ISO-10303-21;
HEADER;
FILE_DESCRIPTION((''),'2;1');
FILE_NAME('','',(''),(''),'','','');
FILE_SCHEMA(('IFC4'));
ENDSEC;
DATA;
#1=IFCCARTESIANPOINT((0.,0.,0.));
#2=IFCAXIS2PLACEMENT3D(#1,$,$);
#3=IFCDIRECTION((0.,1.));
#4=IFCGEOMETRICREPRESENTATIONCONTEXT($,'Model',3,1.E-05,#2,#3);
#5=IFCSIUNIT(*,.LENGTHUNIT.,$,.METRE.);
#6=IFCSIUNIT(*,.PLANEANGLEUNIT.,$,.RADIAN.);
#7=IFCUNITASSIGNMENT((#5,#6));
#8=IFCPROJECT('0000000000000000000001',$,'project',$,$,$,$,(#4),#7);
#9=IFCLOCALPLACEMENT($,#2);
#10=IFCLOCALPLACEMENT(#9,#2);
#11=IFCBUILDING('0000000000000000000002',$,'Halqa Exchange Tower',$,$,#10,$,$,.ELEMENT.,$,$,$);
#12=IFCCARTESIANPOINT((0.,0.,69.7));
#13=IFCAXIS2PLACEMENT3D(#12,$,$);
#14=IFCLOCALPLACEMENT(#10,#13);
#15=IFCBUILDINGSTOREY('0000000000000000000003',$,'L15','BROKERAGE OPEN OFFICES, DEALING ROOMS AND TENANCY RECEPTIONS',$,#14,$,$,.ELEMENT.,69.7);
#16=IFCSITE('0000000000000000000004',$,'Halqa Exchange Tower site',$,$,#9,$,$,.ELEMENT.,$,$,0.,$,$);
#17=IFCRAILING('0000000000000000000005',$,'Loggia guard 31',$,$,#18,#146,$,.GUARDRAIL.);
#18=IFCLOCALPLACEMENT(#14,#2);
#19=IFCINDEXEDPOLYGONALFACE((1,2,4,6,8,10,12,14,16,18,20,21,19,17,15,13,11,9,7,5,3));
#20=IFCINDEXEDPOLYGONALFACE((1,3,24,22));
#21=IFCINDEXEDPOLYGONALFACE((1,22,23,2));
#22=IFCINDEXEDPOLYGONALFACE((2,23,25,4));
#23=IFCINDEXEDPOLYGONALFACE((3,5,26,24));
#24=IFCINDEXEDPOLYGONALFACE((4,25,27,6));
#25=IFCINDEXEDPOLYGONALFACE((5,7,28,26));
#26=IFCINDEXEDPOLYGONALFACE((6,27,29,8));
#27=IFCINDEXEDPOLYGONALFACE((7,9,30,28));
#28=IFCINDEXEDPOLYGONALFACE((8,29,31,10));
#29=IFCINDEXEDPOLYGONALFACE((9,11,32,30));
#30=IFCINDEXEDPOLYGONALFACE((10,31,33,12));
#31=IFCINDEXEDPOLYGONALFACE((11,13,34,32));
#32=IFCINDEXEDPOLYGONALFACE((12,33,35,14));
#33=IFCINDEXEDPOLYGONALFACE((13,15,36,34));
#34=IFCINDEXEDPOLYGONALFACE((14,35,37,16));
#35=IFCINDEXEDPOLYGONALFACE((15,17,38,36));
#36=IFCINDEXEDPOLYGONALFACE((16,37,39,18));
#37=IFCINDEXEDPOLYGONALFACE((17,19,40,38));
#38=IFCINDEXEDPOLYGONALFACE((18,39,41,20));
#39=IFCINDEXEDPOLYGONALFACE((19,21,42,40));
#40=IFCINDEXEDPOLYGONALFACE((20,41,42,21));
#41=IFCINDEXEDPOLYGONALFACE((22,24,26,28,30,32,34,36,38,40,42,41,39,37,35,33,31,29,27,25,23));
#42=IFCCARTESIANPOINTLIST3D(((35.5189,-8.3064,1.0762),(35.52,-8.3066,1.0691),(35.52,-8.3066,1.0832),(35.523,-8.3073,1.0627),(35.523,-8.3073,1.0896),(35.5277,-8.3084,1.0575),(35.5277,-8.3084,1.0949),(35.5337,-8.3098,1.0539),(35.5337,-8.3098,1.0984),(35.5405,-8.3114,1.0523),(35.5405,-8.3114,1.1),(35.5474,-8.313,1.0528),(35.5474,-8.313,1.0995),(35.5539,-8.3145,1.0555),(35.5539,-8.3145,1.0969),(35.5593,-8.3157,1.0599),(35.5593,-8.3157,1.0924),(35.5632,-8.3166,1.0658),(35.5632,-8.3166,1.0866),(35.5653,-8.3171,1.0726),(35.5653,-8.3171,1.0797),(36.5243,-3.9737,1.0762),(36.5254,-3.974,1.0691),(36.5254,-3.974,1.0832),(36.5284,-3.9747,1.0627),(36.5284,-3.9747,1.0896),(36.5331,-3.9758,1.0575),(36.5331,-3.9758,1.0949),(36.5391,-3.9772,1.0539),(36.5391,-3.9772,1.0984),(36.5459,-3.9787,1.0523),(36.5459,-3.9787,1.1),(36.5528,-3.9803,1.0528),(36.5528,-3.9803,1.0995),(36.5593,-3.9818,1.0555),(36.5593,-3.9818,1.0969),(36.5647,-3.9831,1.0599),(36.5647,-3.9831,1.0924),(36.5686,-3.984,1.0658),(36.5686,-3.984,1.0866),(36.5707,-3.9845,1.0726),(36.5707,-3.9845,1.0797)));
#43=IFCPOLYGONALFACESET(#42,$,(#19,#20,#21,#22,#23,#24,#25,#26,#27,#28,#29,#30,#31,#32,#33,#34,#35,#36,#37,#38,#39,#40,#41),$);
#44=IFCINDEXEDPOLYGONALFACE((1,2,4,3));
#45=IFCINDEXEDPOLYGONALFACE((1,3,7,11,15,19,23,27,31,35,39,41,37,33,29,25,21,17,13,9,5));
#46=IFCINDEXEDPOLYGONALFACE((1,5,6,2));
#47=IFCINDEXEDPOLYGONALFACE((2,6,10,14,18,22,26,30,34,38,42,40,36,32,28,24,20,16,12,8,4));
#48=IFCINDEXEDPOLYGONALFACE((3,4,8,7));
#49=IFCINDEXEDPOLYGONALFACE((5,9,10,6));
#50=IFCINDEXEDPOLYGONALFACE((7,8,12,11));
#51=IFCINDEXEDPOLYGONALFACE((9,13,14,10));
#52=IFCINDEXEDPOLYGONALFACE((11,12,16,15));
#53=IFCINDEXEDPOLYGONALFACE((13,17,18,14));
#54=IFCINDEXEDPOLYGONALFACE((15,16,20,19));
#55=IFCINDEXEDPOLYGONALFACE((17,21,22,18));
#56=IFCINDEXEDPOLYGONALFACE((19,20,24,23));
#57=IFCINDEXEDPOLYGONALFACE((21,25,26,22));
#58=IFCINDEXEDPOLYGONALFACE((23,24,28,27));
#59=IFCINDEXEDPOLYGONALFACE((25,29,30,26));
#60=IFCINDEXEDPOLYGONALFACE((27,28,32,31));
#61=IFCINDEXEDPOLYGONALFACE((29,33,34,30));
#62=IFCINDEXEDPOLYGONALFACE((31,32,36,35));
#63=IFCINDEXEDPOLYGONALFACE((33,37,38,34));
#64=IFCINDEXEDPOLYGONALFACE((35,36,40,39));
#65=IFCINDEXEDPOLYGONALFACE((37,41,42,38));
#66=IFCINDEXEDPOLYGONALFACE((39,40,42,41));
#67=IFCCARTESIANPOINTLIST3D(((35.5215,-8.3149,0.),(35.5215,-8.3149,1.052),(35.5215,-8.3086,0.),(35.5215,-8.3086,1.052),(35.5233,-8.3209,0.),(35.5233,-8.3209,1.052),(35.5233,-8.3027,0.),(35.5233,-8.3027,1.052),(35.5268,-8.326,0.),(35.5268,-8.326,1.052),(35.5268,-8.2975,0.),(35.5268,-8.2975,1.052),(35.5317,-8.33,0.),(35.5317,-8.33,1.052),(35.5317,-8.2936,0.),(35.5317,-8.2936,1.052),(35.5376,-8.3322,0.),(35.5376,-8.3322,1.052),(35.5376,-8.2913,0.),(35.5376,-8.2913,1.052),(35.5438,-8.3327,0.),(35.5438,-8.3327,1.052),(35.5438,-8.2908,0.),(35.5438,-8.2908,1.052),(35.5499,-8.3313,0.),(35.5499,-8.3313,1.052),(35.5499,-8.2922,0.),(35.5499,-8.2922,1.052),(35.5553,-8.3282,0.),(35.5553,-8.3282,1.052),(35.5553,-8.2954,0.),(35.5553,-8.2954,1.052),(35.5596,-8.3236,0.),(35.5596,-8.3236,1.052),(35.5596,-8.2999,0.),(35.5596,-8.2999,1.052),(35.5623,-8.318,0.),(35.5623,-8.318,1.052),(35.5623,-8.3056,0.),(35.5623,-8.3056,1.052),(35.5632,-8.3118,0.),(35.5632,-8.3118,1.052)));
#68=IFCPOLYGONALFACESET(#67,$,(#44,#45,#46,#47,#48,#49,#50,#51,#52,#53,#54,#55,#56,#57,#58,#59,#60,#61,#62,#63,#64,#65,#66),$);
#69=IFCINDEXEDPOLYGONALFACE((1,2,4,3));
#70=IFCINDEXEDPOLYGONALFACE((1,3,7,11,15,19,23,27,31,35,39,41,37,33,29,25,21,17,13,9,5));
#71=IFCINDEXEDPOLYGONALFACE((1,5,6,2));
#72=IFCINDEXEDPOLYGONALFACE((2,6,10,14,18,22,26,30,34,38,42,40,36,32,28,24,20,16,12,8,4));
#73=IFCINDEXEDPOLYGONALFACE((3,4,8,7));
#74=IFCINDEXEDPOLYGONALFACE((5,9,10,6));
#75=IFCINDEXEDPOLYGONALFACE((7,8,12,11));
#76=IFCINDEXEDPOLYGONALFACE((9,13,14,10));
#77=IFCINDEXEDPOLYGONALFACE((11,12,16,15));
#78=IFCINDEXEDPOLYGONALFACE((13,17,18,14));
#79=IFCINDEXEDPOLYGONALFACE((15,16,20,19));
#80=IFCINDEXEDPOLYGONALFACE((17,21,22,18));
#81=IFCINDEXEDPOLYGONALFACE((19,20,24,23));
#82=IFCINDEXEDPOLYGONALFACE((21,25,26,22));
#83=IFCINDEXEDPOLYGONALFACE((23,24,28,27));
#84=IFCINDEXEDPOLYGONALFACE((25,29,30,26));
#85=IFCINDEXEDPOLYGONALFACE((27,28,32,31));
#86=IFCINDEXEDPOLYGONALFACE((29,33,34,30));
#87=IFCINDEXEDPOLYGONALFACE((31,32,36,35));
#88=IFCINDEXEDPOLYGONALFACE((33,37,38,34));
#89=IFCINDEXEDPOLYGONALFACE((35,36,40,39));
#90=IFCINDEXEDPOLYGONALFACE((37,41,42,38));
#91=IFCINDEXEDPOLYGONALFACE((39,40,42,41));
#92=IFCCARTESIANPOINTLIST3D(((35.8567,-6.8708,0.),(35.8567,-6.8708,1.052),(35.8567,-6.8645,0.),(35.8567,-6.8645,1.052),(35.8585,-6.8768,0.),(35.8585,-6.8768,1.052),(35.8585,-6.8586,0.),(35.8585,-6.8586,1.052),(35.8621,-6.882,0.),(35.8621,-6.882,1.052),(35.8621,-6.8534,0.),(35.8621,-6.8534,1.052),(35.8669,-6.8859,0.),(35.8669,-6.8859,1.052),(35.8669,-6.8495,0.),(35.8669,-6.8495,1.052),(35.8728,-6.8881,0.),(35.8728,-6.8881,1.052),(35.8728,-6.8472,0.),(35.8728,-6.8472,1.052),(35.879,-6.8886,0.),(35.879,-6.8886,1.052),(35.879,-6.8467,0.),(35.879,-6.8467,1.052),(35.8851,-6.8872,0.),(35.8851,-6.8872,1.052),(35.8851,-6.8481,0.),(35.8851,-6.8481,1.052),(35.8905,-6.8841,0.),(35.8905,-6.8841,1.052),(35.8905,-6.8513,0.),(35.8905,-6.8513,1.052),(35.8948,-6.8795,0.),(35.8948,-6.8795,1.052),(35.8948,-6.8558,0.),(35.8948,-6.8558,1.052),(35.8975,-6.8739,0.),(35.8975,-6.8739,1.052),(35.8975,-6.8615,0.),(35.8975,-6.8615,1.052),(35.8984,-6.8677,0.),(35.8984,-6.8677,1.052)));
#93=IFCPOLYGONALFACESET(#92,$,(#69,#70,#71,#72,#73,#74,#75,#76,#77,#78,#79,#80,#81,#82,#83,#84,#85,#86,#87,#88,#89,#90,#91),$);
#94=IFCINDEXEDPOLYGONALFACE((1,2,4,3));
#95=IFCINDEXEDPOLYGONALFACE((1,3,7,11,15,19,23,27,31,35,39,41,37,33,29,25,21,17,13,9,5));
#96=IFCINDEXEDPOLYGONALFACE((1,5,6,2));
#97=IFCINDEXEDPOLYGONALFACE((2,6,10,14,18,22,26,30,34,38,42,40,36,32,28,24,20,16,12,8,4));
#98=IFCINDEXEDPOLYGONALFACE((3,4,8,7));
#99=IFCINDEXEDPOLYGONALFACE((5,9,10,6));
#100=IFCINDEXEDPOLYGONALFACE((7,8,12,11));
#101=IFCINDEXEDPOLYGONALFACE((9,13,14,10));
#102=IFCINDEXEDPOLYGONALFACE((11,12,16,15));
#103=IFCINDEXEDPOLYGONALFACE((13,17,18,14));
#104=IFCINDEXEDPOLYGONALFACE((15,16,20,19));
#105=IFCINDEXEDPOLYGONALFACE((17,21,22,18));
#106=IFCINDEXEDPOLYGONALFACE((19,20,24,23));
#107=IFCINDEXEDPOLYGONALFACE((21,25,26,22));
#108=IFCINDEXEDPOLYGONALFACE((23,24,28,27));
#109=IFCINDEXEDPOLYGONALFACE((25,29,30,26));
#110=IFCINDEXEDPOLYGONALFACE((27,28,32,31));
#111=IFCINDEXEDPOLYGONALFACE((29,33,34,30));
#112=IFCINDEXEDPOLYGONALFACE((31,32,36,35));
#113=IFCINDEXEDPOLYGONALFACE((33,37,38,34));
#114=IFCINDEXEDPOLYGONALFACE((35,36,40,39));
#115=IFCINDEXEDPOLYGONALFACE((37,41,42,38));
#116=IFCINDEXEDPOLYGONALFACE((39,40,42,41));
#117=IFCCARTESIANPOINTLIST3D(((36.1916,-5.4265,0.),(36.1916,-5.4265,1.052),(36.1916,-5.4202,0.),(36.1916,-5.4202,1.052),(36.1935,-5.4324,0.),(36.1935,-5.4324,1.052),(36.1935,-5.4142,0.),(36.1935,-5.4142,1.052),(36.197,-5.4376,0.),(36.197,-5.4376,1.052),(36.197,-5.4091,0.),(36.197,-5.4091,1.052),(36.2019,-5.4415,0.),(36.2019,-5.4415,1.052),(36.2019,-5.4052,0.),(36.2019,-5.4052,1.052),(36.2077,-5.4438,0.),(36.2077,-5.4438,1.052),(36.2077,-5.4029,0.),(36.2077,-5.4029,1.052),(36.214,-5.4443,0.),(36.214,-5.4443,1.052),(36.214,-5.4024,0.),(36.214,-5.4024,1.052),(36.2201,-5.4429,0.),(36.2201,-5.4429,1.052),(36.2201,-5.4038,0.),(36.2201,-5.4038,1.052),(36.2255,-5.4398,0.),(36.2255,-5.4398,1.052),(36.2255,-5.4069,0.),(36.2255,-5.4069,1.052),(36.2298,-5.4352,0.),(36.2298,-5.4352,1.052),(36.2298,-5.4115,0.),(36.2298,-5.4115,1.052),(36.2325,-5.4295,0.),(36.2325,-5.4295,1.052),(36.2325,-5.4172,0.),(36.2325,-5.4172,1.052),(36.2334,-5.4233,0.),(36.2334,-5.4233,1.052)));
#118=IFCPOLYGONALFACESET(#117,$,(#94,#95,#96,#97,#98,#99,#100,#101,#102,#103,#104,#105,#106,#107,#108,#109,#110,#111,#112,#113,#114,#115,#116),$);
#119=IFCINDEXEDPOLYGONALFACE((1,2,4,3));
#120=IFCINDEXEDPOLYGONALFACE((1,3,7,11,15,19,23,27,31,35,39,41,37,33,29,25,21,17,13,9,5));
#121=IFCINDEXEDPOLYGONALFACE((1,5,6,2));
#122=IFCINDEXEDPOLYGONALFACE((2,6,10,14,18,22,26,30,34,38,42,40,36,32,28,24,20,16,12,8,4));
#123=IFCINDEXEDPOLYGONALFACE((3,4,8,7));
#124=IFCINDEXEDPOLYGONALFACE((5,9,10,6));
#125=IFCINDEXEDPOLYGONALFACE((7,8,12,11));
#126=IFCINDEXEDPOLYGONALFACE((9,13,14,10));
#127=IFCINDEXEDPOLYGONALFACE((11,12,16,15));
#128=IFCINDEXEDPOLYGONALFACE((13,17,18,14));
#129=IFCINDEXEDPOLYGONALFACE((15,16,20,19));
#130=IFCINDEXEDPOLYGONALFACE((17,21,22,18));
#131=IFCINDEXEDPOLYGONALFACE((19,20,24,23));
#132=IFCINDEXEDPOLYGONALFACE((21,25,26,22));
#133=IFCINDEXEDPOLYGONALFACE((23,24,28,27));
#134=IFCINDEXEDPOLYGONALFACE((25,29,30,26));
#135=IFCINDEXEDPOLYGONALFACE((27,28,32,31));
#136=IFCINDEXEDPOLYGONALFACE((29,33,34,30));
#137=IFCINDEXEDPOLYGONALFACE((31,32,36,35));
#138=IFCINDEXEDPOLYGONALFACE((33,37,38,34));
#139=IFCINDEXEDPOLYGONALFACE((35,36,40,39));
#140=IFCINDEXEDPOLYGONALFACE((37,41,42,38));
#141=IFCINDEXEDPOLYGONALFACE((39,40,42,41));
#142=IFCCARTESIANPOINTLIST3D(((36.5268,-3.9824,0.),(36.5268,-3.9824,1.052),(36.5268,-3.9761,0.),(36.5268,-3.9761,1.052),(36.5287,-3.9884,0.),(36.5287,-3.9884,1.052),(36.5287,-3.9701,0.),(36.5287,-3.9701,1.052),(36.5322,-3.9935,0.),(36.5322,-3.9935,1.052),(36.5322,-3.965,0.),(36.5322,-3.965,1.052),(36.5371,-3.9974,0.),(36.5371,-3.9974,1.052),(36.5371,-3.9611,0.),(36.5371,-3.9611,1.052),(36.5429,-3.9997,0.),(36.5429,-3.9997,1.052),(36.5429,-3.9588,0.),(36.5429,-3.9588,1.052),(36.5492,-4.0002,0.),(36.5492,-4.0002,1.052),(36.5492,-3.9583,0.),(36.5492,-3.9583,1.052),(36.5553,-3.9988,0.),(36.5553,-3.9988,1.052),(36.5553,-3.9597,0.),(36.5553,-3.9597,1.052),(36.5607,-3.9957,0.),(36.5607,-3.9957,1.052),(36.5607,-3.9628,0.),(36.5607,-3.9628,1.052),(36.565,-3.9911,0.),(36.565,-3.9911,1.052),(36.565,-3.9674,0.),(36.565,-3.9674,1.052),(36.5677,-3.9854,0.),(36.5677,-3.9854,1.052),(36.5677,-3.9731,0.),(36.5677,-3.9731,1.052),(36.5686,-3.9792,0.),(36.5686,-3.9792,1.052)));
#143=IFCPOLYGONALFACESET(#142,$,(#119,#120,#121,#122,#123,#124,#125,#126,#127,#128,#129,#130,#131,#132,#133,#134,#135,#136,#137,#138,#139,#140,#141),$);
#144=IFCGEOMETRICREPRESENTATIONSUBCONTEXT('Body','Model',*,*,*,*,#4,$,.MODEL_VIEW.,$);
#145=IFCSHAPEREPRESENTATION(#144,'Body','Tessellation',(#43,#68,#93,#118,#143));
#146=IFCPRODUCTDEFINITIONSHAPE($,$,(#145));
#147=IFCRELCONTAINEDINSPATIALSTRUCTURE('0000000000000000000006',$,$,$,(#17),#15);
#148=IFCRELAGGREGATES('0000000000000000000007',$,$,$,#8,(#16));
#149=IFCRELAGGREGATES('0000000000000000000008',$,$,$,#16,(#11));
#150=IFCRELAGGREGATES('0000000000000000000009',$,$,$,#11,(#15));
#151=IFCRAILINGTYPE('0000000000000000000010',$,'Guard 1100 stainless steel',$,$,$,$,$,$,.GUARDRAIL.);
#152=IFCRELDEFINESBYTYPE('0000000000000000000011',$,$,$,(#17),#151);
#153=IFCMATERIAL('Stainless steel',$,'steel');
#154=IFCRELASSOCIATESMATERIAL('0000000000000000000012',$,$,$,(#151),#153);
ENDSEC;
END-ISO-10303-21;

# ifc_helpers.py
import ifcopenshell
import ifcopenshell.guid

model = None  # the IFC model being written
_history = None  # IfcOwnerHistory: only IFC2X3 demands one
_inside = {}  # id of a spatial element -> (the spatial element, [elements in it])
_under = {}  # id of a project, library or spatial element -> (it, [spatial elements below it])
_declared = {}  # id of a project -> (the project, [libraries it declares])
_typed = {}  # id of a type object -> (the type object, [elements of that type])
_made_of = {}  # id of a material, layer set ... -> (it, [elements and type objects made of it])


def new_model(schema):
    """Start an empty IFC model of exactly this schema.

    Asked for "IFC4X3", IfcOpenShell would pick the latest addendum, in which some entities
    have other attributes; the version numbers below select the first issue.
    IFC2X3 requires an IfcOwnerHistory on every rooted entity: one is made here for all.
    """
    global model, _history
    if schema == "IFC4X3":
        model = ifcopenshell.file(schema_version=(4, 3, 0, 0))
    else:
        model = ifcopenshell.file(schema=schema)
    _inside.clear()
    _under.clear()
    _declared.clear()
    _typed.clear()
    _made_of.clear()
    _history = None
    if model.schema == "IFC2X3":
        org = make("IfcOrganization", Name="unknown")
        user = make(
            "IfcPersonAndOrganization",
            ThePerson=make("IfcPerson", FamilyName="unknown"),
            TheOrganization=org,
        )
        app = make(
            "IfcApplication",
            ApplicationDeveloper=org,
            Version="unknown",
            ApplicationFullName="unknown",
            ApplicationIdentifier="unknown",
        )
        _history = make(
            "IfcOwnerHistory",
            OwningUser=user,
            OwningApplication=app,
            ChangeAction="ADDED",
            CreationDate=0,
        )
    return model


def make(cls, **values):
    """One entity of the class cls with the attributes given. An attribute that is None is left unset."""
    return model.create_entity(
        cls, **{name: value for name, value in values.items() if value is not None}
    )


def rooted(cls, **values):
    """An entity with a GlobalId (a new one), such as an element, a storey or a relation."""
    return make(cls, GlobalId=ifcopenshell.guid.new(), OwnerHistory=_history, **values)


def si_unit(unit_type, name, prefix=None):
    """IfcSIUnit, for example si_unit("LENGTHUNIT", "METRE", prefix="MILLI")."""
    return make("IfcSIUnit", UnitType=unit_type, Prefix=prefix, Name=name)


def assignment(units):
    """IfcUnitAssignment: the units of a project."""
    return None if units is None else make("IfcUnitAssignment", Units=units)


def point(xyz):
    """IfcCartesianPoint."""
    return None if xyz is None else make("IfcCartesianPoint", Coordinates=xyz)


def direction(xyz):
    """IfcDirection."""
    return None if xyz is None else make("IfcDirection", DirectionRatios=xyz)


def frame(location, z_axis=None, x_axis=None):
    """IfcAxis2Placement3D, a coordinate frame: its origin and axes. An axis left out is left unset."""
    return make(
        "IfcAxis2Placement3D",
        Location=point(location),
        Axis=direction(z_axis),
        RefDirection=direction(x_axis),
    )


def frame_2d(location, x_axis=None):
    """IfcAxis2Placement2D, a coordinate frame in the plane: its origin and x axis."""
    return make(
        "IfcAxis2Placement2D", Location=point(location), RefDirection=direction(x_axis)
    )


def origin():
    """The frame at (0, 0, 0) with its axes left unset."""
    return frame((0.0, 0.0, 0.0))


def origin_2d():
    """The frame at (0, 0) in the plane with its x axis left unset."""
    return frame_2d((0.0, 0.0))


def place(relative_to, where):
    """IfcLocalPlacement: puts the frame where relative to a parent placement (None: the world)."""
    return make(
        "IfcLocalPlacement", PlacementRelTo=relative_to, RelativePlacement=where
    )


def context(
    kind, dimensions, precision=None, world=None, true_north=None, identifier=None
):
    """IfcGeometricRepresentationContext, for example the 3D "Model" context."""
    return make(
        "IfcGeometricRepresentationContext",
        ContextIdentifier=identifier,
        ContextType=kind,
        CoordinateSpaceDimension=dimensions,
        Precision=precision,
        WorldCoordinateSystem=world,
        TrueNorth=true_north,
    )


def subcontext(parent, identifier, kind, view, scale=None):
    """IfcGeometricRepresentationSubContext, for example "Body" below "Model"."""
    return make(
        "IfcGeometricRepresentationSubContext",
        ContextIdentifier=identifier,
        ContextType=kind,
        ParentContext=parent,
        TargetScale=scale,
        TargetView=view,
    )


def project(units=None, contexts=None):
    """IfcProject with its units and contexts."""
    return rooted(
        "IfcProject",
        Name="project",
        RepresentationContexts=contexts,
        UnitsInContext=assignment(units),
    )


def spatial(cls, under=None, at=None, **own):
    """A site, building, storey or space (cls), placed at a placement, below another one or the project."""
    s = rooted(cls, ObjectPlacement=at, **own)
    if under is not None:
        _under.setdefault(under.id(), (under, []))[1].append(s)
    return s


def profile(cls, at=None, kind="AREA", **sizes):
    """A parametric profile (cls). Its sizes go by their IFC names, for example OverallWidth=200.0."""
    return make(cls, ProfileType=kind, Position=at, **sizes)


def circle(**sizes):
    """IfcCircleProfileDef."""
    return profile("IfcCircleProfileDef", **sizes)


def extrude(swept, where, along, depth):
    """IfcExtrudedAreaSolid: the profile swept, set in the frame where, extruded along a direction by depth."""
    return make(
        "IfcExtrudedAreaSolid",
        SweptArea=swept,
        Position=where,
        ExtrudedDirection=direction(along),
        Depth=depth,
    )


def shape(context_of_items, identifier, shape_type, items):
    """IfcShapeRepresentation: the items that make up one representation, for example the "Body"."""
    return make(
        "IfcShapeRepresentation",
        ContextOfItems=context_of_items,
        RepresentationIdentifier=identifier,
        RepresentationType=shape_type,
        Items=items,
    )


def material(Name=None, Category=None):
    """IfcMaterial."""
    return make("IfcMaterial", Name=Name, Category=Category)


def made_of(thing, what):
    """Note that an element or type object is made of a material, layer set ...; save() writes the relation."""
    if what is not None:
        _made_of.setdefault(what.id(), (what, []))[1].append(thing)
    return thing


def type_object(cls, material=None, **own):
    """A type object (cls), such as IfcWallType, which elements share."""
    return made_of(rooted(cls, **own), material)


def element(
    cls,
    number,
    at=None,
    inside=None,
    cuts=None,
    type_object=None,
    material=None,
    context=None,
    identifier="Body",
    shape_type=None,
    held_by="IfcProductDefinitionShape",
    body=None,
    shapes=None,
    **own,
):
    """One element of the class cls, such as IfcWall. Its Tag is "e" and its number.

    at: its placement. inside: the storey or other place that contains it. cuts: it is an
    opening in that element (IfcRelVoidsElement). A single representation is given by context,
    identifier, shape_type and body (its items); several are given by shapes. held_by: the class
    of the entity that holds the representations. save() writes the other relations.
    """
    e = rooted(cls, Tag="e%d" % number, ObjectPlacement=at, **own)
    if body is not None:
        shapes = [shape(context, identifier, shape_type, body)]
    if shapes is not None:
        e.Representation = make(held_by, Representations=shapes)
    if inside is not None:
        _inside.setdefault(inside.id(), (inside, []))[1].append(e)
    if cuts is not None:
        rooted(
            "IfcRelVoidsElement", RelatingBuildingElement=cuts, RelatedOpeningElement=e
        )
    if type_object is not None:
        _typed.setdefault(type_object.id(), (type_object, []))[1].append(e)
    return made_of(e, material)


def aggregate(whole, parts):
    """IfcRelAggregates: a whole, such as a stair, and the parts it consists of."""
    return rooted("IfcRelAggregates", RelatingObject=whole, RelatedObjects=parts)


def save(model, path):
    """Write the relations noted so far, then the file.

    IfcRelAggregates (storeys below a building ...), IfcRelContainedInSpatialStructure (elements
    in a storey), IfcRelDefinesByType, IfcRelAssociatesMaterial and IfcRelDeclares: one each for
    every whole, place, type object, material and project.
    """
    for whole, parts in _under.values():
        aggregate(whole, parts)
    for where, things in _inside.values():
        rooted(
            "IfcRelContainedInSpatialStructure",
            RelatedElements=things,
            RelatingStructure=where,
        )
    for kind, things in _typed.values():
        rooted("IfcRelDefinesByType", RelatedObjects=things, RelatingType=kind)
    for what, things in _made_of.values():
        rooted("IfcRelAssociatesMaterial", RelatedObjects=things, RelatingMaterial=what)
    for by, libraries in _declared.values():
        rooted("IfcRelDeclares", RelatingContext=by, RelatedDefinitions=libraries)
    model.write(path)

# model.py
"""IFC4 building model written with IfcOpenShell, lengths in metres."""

from ifc_helpers import new_model, si_unit, direction, frame, origin, origin_2d, place, context, subcontext, project, spatial, circle, extrude, material, type_object, element, save


model = new_model("IFC4")

# Units and contexts
model_context = context("Model", 3, precision=1e-05, world=origin(), true_north=direction((0.0, 1.0)))
body_context = subcontext(model_context, "Body", "Model", "MODEL_VIEW")
ifc_project = project(units=[si_unit("LENGTHUNIT", "METRE"), si_unit("PLANEANGLEUNIT", "RADIAN")], contexts=[model_context])

# Site, building, storey
site_placement = place(None, origin())
site = spatial("IfcSite", under=ifc_project, at=site_placement, Name="Halqa Exchange Tower site", CompositionType="ELEMENT", RefElevation=0.0)
building_placement = place(site_placement, origin())
building = spatial("IfcBuilding", under=site, at=building_placement, Name="Halqa Exchange Tower", CompositionType="ELEMENT")
storey_placement = place(building_placement, frame((0.0, 0.0, 69.7)))
storey = spatial("IfcBuildingStorey", under=building, at=storey_placement, Name="L15", Description="BROKERAGE OPEN OFFICES, DEALING ROOMS AND TENANCY RECEPTIONS", CompositionType="ELEMENT", Elevation=69.7)

# Railing
ifc_material_1 = material(Name="Stainless steel", Category="steel")
railing_type = type_object("IfcRailingType", Name="Guard 1100 stainless steel", PredefinedType="GUARDRAIL", material=ifc_material_1)
railing_1_placement = place(storey_placement, frame((35.5422, -8.3118, 0.0)))
element("IfcRailing", 1, at=railing_1_placement, inside=storey, type_object=railing_type, Name="Loggia guard 31", PredefinedType="GUARDRAIL", context=body_context, shape_type="SweptSolid", body=[
    extrude(circle(Radius=0.0239, at=origin_2d()), frame((0.0, 0.0, 1.0762), z_axis=(0.226046, 0.974117, 0.0), x_axis=(-0.974117, 0.226046, 0.0)), (0.0, 0.0, 1.0), 4.4478),
    extrude(circle(Radius=0.021, at=origin_2d()), origin(), (0.0, 0.0, 1.0), 1.052),
    extrude(circle(Radius=0.021, at=origin_2d()), frame((0.3352, 1.4441, 0.0)), (0.0, 0.0, 1.0), 1.052),
    extrude(circle(Radius=0.021, at=origin_2d()), frame((0.6702, 2.8884, 0.0)), (0.0, 0.0, 1.0), 1.052),
    extrude(circle(Radius=0.021, at=origin_2d()), frame((1.0054, 4.3325, 0.0)), (0.0, 0.0, 1.0), 1.052),
])

save(model, "model.ifc")
